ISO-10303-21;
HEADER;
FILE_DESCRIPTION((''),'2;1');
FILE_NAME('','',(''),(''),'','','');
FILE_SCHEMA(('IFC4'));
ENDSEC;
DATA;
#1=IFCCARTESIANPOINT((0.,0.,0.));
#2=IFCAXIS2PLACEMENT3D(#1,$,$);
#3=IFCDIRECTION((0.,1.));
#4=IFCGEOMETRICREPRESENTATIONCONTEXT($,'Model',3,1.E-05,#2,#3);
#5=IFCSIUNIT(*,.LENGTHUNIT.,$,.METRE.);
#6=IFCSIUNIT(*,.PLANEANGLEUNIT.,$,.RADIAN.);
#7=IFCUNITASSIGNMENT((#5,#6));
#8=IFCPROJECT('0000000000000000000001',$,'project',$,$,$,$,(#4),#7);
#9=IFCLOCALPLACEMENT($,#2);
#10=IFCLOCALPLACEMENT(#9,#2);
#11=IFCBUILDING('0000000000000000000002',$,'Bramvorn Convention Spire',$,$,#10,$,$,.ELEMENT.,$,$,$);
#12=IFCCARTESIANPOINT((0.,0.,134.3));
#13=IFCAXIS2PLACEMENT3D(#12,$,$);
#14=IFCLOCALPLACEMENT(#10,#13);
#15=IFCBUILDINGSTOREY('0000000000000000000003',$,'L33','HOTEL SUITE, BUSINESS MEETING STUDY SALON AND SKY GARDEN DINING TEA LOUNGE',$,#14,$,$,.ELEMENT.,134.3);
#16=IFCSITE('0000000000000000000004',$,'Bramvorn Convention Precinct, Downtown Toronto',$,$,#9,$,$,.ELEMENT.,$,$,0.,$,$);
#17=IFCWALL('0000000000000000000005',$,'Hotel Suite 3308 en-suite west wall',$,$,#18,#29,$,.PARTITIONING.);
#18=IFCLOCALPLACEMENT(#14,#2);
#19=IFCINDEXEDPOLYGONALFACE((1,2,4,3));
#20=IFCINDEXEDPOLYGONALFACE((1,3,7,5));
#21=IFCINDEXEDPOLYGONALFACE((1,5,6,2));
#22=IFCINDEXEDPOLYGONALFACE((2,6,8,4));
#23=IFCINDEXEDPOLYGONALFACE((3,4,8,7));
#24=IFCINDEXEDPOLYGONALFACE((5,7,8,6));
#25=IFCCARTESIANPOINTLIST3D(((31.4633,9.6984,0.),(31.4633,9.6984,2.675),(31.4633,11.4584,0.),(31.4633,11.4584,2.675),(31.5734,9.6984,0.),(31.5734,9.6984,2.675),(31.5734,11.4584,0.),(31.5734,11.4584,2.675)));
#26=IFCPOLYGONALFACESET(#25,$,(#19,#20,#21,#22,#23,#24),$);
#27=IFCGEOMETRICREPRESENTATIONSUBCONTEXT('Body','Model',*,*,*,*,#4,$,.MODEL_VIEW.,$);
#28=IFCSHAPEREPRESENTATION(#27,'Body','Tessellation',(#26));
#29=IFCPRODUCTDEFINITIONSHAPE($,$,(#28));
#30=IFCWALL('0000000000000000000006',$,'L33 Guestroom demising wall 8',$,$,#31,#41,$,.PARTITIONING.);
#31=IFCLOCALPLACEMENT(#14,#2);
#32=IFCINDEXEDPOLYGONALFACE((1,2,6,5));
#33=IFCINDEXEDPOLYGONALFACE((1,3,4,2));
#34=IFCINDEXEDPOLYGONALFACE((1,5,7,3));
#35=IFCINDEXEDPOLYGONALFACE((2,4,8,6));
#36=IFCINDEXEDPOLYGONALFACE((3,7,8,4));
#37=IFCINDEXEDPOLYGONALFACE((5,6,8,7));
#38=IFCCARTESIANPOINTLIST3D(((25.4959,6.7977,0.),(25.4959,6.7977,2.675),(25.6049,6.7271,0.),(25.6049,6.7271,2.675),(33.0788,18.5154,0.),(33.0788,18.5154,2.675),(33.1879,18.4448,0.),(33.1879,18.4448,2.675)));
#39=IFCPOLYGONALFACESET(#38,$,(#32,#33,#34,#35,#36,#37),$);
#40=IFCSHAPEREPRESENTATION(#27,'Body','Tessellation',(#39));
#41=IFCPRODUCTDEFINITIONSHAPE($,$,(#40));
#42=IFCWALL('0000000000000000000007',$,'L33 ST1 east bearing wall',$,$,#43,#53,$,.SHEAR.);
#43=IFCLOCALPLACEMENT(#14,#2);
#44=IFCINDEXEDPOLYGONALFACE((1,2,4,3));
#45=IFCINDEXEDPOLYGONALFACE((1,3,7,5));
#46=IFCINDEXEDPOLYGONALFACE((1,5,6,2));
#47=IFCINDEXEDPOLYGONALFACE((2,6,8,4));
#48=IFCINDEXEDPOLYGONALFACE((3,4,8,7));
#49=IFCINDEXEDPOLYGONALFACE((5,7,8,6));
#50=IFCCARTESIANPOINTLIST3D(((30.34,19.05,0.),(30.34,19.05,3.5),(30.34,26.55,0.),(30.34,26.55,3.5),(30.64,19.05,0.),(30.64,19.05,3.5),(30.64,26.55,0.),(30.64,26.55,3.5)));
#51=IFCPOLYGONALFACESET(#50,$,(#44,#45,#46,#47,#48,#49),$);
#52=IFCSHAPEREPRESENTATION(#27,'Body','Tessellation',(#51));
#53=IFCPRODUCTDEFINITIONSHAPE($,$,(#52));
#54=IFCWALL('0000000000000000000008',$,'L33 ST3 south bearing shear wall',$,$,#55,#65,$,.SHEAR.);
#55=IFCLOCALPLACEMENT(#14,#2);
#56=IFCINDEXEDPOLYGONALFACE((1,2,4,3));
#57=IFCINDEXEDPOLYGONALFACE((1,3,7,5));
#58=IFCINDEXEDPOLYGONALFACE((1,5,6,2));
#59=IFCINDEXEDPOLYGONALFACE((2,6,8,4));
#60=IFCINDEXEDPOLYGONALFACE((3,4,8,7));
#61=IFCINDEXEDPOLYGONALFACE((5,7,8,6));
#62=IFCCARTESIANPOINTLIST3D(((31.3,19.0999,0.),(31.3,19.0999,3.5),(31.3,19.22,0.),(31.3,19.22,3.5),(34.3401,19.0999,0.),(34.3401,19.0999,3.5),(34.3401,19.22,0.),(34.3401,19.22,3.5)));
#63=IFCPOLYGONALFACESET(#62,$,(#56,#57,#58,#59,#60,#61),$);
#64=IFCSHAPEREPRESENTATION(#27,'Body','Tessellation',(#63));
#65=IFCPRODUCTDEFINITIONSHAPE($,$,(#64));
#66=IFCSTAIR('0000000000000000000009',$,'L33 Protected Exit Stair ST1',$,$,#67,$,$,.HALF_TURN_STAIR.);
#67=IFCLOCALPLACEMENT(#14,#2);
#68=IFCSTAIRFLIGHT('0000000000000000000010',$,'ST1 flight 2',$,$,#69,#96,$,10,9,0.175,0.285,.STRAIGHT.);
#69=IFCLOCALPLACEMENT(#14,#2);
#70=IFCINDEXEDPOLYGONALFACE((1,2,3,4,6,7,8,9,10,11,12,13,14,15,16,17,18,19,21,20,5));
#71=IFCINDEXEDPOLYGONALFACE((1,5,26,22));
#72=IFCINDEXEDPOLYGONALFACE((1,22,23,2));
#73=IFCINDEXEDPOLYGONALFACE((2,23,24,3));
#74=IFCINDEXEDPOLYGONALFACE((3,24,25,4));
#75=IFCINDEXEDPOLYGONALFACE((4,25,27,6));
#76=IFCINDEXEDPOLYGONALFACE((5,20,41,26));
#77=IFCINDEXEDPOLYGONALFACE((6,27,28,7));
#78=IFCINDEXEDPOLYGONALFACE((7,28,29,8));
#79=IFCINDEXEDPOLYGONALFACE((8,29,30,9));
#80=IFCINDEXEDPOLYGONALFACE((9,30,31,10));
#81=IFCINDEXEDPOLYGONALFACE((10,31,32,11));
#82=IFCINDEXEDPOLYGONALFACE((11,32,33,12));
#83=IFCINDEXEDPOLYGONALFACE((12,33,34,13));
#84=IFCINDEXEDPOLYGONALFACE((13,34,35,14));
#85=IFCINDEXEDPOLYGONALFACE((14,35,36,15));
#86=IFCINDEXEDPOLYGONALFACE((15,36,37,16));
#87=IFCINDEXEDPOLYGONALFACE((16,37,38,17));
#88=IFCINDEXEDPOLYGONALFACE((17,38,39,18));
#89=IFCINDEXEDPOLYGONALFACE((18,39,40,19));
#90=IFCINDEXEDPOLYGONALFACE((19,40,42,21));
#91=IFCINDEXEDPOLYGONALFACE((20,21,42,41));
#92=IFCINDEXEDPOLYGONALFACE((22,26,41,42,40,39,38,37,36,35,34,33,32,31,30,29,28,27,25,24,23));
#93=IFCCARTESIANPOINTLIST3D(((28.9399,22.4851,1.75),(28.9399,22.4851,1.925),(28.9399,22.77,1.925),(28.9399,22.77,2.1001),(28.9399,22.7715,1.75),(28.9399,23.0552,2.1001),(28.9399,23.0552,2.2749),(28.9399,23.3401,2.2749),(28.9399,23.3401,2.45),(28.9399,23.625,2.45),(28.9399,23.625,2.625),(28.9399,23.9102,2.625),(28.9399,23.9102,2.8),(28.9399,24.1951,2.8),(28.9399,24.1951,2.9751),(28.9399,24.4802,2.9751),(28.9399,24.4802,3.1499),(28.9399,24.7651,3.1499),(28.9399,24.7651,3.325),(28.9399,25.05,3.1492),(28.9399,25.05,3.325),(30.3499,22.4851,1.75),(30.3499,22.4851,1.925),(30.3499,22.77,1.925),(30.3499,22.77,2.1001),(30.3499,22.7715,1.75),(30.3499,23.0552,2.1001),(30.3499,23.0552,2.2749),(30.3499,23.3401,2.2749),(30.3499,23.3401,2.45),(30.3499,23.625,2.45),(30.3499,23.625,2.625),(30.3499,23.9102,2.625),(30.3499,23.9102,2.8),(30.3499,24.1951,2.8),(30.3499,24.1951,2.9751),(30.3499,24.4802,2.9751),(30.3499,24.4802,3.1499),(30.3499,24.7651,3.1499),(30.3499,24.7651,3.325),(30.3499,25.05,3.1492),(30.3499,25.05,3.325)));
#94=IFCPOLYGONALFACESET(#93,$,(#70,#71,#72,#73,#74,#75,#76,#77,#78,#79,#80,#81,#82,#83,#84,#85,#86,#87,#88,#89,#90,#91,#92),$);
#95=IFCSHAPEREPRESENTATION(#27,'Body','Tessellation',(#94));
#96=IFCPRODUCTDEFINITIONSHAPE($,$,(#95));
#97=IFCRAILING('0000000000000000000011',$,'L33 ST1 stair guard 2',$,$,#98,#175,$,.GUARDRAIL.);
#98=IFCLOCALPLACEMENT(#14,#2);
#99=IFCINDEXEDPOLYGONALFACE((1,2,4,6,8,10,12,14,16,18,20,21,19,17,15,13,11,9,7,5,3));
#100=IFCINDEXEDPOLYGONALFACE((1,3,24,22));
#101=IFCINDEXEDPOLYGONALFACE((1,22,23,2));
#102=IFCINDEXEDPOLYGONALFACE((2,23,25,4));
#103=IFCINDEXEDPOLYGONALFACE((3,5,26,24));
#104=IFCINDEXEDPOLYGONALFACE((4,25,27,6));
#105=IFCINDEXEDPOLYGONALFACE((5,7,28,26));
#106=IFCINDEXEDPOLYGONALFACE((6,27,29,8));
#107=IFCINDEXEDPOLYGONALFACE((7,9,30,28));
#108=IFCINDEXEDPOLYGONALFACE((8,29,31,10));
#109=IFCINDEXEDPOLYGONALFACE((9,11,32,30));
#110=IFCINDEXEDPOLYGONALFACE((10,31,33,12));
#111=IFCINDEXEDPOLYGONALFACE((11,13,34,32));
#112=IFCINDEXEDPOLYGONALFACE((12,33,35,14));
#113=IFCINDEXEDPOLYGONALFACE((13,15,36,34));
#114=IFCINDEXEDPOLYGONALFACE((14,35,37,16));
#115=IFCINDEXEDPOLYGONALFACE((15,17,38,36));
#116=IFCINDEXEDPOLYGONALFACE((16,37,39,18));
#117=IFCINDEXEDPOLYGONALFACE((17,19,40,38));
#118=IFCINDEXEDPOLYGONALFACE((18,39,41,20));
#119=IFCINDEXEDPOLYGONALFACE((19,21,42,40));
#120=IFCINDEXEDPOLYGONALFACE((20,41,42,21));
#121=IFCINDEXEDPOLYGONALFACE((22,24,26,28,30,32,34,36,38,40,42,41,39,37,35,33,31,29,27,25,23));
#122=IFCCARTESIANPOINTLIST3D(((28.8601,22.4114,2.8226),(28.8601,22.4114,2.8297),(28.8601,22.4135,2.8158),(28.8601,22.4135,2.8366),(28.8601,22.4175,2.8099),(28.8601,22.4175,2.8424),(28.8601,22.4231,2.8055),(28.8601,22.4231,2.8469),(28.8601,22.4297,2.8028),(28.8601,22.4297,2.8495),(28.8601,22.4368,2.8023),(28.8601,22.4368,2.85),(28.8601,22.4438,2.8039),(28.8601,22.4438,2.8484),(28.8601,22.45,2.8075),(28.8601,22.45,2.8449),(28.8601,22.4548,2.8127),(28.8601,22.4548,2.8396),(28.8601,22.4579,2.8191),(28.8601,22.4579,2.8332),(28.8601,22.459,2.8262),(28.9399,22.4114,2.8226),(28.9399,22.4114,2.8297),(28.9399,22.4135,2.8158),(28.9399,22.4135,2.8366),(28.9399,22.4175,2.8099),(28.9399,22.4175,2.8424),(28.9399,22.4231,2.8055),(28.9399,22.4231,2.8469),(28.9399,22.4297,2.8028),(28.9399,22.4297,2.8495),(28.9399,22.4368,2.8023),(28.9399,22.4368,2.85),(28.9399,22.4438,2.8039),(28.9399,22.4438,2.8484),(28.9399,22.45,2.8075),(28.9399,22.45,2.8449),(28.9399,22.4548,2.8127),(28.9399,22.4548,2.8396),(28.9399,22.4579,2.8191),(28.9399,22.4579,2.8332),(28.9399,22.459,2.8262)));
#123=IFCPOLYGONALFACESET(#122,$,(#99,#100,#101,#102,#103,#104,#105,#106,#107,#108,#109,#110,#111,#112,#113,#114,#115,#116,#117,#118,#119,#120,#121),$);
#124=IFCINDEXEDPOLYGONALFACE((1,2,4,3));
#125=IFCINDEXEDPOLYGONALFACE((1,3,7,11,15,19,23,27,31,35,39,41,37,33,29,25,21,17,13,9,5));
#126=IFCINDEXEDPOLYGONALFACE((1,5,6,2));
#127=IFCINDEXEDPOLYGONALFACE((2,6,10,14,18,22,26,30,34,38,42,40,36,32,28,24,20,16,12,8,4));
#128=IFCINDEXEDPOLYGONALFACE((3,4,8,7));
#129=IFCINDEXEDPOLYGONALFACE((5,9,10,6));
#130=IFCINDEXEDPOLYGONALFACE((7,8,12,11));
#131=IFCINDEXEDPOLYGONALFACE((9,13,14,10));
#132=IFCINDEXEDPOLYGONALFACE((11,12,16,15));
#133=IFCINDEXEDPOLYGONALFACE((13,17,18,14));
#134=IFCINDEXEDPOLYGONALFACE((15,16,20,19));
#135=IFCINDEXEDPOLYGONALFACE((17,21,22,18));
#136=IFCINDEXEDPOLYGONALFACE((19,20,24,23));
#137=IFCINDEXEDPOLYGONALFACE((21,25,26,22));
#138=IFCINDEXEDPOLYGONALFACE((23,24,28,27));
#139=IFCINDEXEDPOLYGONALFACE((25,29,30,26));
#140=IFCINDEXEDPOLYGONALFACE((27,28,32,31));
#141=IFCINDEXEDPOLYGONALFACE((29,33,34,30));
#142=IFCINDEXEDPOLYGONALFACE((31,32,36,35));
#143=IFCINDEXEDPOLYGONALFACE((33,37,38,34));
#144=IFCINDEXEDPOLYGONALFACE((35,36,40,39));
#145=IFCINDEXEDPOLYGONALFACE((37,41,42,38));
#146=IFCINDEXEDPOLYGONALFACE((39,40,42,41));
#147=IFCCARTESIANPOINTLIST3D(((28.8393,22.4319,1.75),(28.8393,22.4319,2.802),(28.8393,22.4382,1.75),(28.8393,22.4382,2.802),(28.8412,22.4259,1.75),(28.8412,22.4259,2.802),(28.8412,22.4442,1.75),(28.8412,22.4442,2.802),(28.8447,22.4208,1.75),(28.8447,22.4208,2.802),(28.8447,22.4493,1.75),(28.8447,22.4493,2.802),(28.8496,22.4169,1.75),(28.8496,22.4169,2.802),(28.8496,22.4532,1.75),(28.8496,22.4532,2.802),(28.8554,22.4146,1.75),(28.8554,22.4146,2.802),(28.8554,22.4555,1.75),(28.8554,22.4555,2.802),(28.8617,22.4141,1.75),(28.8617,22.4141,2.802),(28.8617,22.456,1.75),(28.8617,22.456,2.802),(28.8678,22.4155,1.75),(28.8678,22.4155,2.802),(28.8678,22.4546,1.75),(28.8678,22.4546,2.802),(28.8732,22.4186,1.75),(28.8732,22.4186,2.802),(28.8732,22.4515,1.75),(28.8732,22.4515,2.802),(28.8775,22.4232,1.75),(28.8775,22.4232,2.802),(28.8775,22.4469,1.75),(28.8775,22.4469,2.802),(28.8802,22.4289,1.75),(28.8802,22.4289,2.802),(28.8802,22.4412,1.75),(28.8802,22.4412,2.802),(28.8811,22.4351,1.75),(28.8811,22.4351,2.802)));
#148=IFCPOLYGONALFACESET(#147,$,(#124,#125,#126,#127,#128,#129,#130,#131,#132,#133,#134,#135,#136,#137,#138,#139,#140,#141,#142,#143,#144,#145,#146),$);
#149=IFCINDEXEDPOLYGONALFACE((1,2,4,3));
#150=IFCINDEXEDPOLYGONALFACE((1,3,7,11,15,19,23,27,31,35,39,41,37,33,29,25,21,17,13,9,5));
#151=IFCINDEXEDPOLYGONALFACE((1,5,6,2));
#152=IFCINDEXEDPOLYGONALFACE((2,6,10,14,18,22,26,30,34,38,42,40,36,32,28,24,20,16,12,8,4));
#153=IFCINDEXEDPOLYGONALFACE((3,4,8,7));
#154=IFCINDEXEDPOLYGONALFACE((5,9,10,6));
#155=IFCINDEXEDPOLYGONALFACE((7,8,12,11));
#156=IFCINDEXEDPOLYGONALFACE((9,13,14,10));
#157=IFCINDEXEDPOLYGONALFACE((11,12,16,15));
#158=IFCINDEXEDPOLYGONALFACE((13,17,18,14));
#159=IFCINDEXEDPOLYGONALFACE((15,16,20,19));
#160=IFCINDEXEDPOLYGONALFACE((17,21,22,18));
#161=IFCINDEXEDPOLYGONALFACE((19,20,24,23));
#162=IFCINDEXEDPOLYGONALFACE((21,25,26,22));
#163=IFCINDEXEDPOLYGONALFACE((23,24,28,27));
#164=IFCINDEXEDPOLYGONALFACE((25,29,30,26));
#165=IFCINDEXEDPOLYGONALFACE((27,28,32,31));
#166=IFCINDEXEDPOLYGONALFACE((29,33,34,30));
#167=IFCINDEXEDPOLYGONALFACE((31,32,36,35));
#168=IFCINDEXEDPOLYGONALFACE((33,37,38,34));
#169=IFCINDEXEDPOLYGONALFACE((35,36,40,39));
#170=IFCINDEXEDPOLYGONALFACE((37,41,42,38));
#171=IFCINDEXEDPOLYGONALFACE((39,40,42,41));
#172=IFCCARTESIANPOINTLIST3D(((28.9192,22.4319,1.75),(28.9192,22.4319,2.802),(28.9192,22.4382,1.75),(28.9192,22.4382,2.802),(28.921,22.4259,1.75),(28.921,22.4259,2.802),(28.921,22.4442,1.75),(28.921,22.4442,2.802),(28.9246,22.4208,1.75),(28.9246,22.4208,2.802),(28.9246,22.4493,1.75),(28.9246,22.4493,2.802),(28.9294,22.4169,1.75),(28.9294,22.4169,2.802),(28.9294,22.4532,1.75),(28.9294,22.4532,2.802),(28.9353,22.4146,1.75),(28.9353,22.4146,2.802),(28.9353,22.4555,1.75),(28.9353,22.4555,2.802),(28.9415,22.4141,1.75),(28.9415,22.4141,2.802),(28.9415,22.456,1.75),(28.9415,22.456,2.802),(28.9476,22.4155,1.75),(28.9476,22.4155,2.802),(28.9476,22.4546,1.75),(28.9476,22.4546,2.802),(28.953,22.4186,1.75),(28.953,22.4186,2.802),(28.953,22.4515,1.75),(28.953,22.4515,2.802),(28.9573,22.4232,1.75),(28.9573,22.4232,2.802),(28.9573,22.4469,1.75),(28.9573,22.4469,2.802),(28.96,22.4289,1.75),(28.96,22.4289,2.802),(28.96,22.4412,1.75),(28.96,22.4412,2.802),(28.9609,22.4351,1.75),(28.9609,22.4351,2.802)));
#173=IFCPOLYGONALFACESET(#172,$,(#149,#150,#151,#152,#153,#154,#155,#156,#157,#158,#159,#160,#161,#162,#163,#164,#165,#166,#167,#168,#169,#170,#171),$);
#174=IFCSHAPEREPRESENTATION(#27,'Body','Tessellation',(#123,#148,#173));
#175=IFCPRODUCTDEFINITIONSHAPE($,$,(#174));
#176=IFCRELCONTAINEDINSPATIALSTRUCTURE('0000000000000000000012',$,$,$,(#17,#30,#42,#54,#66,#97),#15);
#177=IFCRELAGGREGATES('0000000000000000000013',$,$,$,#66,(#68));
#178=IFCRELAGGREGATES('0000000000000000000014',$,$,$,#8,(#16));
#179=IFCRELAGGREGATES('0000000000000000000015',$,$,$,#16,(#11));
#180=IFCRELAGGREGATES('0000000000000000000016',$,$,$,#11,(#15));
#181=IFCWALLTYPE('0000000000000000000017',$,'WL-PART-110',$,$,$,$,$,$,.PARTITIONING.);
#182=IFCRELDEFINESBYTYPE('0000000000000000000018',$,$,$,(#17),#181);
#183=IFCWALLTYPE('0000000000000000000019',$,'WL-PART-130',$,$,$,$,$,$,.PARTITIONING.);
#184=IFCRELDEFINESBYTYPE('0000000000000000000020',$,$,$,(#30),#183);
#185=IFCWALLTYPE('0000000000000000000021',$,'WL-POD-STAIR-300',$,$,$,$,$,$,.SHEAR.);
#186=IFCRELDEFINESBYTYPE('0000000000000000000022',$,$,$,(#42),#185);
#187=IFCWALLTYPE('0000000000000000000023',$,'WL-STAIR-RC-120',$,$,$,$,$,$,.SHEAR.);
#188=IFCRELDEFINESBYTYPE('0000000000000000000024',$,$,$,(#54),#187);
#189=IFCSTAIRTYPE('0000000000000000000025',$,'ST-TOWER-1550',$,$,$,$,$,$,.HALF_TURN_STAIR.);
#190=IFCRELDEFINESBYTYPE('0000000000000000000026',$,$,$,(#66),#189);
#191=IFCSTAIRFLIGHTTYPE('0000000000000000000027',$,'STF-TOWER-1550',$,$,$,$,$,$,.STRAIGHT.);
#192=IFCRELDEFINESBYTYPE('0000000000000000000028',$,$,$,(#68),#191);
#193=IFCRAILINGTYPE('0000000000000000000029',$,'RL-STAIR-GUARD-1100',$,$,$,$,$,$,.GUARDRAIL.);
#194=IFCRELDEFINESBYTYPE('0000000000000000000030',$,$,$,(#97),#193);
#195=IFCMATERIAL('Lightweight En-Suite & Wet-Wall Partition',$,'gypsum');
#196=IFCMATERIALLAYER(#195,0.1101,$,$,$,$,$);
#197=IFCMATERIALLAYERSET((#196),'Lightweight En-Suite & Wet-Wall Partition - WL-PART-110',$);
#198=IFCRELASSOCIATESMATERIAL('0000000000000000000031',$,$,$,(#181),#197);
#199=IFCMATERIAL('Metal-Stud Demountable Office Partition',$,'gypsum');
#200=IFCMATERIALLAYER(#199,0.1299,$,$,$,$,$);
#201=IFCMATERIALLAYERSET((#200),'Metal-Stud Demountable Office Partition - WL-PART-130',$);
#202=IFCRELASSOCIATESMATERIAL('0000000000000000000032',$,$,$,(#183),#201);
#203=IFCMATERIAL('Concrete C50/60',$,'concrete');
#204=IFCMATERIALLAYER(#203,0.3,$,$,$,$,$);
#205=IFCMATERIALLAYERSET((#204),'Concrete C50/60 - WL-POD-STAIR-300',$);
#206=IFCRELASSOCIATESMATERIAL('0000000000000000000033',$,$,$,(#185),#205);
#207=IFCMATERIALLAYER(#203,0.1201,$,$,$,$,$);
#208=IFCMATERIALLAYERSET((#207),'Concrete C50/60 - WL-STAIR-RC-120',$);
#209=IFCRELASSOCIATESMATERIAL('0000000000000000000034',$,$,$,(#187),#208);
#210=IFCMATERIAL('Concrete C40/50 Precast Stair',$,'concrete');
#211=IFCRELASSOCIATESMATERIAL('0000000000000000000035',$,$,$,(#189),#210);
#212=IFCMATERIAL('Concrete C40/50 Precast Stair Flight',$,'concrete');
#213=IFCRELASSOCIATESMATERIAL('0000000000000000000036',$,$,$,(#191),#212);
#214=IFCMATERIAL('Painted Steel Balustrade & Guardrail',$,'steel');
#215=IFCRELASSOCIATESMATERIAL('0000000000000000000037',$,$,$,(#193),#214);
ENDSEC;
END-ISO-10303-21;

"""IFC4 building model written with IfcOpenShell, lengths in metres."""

from ifc_helpers import new_model, si_unit, direction, frame, frame_2d, origin, origin_2d, place, context, subcontext, project, spatial, polyline, rectangle, circle, outline, extrude, material, layer, layer_set, type_object, element, aggregate, save


model = new_model("IFC4")

# Units and contexts
model_context = context("Model", 3, precision=1e-05, world=origin(), true_north=direction((0.0, 1.0)))
body_context = subcontext(model_context, "Body", "Model", "MODEL_VIEW")
ifc_project = project(units=[si_unit("LENGTHUNIT", "METRE"), si_unit("PLANEANGLEUNIT", "RADIAN")], contexts=[model_context])

# Site, building, storey
site_placement = place(None, origin())
site = spatial("IfcSite", under=ifc_project, at=site_placement, Name="Bramvorn Convention Precinct, Downtown Toronto", CompositionType="ELEMENT", RefElevation=0.0)
building_placement = place(site_placement, origin())
building = spatial("IfcBuilding", under=site, at=building_placement, Name="Bramvorn Convention Spire", CompositionType="ELEMENT")
storey_placement = place(building_placement, frame((0.0, 0.0, 134.3)))
storey = spatial("IfcBuildingStorey", under=building, at=storey_placement, Name="L33", Description="HOTEL SUITE, BUSINESS MEETING STUDY SALON AND SKY GARDEN DINING TEA LOUNGE", CompositionType="ELEMENT", Elevation=134.3)

# Shared definitions
ifc_material_1 = material(Name="Lightweight En-Suite & Wet-Wall Partition", Category="gypsum")
ifc_layer_1 = layer(ifc_material_1, 0.1101)
ifc_layer_set_1 = layer_set([ifc_layer_1], Name="Lightweight En-Suite & Wet-Wall Partition - WL-PART-110")
wall_type_1 = type_object("IfcWallType", Name="WL-PART-110", PredefinedType="PARTITIONING", material=ifc_layer_set_1)

# Walls
wall_1_placement = place(storey_placement, frame((31.5183, 9.6985, 0.0), z_axis=(0.0, 0.0, 1.0), x_axis=(0.0, 1.0, 0.0)))
element("IfcWall", 1, at=wall_1_placement, inside=storey, type_object=wall_type_1, Name="Hotel Suite 3308 en-suite west wall", PredefinedType="PARTITIONING", context=body_context, shape_type="SweptSolid", body=[
    extrude(rectangle(XDim=1.76, YDim=0.1101, at=frame_2d((0.8799, 0.0))), origin(), (0.0, 0.0, 1.0), 2.675),
])
ifc_material_2 = material(Name="Metal-Stud Demountable Office Partition", Category="gypsum")
ifc_layer_2 = layer(ifc_material_2, 0.1299)
ifc_layer_set_2 = layer_set([ifc_layer_2], Name="Metal-Stud Demountable Office Partition - WL-PART-130")
wall_type_2 = type_object("IfcWallType", Name="WL-PART-130", PredefinedType="PARTITIONING", material=ifc_layer_set_2)
wall_2_placement = place(storey_placement, frame((33.1333, 18.48, 0.0), z_axis=(0.0, 0.0, 1.0), x_axis=(-0.543298, -0.83954, 0.0)))
element("IfcWall", 2, at=wall_2_placement, inside=storey, type_object=wall_type_2, Name="L33 Guestroom demising wall 8", PredefinedType="PARTITIONING", context=body_context, shape_type="SweptSolid", body=[
    extrude(rectangle(XDim=13.9573, YDim=0.1299, at=frame_2d((6.9785, 0.0))), origin(), (0.0, 0.0, 1.0), 2.675),
])
ifc_material_3 = material(Name="Concrete C50/60", Category="concrete")
ifc_layer_3 = layer(ifc_material_3, 0.3)
ifc_layer_set_3 = layer_set([ifc_layer_3], Name="Concrete C50/60 - WL-POD-STAIR-300")
wall_type_3 = type_object("IfcWallType", Name="WL-POD-STAIR-300", PredefinedType="SHEAR", material=ifc_layer_set_3)
wall_3_placement = place(storey_placement, frame((30.49, 19.05, 0.0), z_axis=(0.0, 0.0, 1.0), x_axis=(0.0, 1.0, 0.0)))
element("IfcWall", 3, at=wall_3_placement, inside=storey, type_object=wall_type_3, Name="L33 ST1 east bearing wall", PredefinedType="SHEAR", context=body_context, shape_type="SweptSolid", body=[
    extrude(rectangle(XDim=7.5, YDim=0.3, at=frame_2d((3.75, 0.0))), origin(), (0.0, 0.0, 1.0), 3.5),
])
ifc_layer_4 = layer(ifc_material_3, 0.1201)
ifc_layer_set_4 = layer_set([ifc_layer_4], Name="Concrete C50/60 - WL-STAIR-RC-120")
wall_type_4 = type_object("IfcWallType", Name="WL-STAIR-RC-120", PredefinedType="SHEAR", material=ifc_layer_set_4)
wall_4_placement = place(storey_placement, frame((31.3, 19.1599, 0.0), z_axis=(0.0, 0.0, 1.0), x_axis=(1.0, 0.0, 0.0)))
element("IfcWall", 4, at=wall_4_placement, inside=storey, type_object=wall_type_4, Name="L33 ST3 south bearing shear wall", PredefinedType="SHEAR", context=body_context, shape_type="SweptSolid", body=[
    extrude(rectangle(XDim=3.04, YDim=0.1201, at=frame_2d((1.52, 0.0))), origin(), (0.0, 0.0, 1.0), 3.5),
])

# Stair, stair flight
ifc_material_4 = material(Name="Concrete C40/50 Precast Stair", Category="concrete")
stair_type = type_object("IfcStairType", Name="ST-TOWER-1550", PredefinedType="HALF_TURN_STAIR", material=ifc_material_4)
stair_placement = place(storey_placement, origin())
stair = element("IfcStair", 5, at=stair_placement, inside=storey, type_object=stair_type, Name="L33 Protected Exit Stair ST1", PredefinedType="HALF_TURN_STAIR")
ifc_material_5 = material(Name="Concrete C40/50 Precast Stair Flight", Category="concrete")
stair_flight_type = type_object("IfcStairFlightType", Name="STF-TOWER-1550", PredefinedType="STRAIGHT", material=ifc_material_5)
stair_flight_placement = place(storey_placement, frame((29.645, 22.4851, 1.75), z_axis=(0.0, 0.0, 1.0), x_axis=(0.0, 1.0, 0.0)))
stair_flight = element("IfcStairFlight", 6, at=stair_flight_placement, type_object=stair_flight_type, Name="ST1 flight 2", NumberOfRisers=10, NumberOfTreads=9, PredefinedType="STRAIGHT", RiserHeight=0.175, TreadLength=0.285, context=body_context, shape_type="SweptSolid", body=[
    extrude(outline(polyline([(0.0, 0.0), (0.0, 0.175), (0.2849, 0.175), (0.2849, 0.3501), (0.5701, 0.3501), (0.5701, 0.5249), (0.855, 0.5249), (0.855, 0.7), (1.1399, 0.7), (1.1399, 0.875), (1.425, 0.875), (1.425, 1.05), (1.71, 1.05), (1.71, 1.2251), (1.9951, 1.2251), (1.9951, 1.3999), (2.28, 1.3999), (2.28, 1.575), (2.5649, 1.575), (2.5649, 1.75), (2.5649, 1.3992), (0.2864, 0.0), (0.0, 0.0)])), frame((0.0, 0.7051, 0.0), z_axis=(0.0, -1.0, 0.0), x_axis=(1.0, 0.0, 0.0)), (0.0, 0.0, 1.0), 1.4099),
])
aggregate(stair, [stair_flight])

# Railing
ifc_material_6 = material(Name="Painted Steel Balustrade & Guardrail", Category="steel")
railing_type = type_object("IfcRailingType", Name="RL-STAIR-GUARD-1100", PredefinedType="GUARDRAIL", material=ifc_material_6)
railing_1_placement = place(storey_placement, frame((28.8601, 22.4351, 1.75)))
element("IfcRailing", 7, at=railing_1_placement, inside=storey, type_object=railing_type, Name="L33 ST1 stair guard 2", PredefinedType="GUARDRAIL", context=body_context, shape_type="SweptSolid", body=[
    extrude(circle(Radius=0.0239, at=origin_2d()), frame((0.0, 0.0, 1.0762), z_axis=(1.0, 0.0, 0.0), x_axis=(0.0, 1.0, 0.0)), (0.0, 0.0, 1.0), 0.0798),
    extrude(circle(Radius=0.021, at=origin_2d()), origin(), (0.0, 0.0, 1.0), 1.052),
    extrude(circle(Radius=0.021, at=origin_2d()), frame((0.0798, 0.0, 0.0)), (0.0, 0.0, 1.0), 1.052),
])

save(model, "model.ifc")
